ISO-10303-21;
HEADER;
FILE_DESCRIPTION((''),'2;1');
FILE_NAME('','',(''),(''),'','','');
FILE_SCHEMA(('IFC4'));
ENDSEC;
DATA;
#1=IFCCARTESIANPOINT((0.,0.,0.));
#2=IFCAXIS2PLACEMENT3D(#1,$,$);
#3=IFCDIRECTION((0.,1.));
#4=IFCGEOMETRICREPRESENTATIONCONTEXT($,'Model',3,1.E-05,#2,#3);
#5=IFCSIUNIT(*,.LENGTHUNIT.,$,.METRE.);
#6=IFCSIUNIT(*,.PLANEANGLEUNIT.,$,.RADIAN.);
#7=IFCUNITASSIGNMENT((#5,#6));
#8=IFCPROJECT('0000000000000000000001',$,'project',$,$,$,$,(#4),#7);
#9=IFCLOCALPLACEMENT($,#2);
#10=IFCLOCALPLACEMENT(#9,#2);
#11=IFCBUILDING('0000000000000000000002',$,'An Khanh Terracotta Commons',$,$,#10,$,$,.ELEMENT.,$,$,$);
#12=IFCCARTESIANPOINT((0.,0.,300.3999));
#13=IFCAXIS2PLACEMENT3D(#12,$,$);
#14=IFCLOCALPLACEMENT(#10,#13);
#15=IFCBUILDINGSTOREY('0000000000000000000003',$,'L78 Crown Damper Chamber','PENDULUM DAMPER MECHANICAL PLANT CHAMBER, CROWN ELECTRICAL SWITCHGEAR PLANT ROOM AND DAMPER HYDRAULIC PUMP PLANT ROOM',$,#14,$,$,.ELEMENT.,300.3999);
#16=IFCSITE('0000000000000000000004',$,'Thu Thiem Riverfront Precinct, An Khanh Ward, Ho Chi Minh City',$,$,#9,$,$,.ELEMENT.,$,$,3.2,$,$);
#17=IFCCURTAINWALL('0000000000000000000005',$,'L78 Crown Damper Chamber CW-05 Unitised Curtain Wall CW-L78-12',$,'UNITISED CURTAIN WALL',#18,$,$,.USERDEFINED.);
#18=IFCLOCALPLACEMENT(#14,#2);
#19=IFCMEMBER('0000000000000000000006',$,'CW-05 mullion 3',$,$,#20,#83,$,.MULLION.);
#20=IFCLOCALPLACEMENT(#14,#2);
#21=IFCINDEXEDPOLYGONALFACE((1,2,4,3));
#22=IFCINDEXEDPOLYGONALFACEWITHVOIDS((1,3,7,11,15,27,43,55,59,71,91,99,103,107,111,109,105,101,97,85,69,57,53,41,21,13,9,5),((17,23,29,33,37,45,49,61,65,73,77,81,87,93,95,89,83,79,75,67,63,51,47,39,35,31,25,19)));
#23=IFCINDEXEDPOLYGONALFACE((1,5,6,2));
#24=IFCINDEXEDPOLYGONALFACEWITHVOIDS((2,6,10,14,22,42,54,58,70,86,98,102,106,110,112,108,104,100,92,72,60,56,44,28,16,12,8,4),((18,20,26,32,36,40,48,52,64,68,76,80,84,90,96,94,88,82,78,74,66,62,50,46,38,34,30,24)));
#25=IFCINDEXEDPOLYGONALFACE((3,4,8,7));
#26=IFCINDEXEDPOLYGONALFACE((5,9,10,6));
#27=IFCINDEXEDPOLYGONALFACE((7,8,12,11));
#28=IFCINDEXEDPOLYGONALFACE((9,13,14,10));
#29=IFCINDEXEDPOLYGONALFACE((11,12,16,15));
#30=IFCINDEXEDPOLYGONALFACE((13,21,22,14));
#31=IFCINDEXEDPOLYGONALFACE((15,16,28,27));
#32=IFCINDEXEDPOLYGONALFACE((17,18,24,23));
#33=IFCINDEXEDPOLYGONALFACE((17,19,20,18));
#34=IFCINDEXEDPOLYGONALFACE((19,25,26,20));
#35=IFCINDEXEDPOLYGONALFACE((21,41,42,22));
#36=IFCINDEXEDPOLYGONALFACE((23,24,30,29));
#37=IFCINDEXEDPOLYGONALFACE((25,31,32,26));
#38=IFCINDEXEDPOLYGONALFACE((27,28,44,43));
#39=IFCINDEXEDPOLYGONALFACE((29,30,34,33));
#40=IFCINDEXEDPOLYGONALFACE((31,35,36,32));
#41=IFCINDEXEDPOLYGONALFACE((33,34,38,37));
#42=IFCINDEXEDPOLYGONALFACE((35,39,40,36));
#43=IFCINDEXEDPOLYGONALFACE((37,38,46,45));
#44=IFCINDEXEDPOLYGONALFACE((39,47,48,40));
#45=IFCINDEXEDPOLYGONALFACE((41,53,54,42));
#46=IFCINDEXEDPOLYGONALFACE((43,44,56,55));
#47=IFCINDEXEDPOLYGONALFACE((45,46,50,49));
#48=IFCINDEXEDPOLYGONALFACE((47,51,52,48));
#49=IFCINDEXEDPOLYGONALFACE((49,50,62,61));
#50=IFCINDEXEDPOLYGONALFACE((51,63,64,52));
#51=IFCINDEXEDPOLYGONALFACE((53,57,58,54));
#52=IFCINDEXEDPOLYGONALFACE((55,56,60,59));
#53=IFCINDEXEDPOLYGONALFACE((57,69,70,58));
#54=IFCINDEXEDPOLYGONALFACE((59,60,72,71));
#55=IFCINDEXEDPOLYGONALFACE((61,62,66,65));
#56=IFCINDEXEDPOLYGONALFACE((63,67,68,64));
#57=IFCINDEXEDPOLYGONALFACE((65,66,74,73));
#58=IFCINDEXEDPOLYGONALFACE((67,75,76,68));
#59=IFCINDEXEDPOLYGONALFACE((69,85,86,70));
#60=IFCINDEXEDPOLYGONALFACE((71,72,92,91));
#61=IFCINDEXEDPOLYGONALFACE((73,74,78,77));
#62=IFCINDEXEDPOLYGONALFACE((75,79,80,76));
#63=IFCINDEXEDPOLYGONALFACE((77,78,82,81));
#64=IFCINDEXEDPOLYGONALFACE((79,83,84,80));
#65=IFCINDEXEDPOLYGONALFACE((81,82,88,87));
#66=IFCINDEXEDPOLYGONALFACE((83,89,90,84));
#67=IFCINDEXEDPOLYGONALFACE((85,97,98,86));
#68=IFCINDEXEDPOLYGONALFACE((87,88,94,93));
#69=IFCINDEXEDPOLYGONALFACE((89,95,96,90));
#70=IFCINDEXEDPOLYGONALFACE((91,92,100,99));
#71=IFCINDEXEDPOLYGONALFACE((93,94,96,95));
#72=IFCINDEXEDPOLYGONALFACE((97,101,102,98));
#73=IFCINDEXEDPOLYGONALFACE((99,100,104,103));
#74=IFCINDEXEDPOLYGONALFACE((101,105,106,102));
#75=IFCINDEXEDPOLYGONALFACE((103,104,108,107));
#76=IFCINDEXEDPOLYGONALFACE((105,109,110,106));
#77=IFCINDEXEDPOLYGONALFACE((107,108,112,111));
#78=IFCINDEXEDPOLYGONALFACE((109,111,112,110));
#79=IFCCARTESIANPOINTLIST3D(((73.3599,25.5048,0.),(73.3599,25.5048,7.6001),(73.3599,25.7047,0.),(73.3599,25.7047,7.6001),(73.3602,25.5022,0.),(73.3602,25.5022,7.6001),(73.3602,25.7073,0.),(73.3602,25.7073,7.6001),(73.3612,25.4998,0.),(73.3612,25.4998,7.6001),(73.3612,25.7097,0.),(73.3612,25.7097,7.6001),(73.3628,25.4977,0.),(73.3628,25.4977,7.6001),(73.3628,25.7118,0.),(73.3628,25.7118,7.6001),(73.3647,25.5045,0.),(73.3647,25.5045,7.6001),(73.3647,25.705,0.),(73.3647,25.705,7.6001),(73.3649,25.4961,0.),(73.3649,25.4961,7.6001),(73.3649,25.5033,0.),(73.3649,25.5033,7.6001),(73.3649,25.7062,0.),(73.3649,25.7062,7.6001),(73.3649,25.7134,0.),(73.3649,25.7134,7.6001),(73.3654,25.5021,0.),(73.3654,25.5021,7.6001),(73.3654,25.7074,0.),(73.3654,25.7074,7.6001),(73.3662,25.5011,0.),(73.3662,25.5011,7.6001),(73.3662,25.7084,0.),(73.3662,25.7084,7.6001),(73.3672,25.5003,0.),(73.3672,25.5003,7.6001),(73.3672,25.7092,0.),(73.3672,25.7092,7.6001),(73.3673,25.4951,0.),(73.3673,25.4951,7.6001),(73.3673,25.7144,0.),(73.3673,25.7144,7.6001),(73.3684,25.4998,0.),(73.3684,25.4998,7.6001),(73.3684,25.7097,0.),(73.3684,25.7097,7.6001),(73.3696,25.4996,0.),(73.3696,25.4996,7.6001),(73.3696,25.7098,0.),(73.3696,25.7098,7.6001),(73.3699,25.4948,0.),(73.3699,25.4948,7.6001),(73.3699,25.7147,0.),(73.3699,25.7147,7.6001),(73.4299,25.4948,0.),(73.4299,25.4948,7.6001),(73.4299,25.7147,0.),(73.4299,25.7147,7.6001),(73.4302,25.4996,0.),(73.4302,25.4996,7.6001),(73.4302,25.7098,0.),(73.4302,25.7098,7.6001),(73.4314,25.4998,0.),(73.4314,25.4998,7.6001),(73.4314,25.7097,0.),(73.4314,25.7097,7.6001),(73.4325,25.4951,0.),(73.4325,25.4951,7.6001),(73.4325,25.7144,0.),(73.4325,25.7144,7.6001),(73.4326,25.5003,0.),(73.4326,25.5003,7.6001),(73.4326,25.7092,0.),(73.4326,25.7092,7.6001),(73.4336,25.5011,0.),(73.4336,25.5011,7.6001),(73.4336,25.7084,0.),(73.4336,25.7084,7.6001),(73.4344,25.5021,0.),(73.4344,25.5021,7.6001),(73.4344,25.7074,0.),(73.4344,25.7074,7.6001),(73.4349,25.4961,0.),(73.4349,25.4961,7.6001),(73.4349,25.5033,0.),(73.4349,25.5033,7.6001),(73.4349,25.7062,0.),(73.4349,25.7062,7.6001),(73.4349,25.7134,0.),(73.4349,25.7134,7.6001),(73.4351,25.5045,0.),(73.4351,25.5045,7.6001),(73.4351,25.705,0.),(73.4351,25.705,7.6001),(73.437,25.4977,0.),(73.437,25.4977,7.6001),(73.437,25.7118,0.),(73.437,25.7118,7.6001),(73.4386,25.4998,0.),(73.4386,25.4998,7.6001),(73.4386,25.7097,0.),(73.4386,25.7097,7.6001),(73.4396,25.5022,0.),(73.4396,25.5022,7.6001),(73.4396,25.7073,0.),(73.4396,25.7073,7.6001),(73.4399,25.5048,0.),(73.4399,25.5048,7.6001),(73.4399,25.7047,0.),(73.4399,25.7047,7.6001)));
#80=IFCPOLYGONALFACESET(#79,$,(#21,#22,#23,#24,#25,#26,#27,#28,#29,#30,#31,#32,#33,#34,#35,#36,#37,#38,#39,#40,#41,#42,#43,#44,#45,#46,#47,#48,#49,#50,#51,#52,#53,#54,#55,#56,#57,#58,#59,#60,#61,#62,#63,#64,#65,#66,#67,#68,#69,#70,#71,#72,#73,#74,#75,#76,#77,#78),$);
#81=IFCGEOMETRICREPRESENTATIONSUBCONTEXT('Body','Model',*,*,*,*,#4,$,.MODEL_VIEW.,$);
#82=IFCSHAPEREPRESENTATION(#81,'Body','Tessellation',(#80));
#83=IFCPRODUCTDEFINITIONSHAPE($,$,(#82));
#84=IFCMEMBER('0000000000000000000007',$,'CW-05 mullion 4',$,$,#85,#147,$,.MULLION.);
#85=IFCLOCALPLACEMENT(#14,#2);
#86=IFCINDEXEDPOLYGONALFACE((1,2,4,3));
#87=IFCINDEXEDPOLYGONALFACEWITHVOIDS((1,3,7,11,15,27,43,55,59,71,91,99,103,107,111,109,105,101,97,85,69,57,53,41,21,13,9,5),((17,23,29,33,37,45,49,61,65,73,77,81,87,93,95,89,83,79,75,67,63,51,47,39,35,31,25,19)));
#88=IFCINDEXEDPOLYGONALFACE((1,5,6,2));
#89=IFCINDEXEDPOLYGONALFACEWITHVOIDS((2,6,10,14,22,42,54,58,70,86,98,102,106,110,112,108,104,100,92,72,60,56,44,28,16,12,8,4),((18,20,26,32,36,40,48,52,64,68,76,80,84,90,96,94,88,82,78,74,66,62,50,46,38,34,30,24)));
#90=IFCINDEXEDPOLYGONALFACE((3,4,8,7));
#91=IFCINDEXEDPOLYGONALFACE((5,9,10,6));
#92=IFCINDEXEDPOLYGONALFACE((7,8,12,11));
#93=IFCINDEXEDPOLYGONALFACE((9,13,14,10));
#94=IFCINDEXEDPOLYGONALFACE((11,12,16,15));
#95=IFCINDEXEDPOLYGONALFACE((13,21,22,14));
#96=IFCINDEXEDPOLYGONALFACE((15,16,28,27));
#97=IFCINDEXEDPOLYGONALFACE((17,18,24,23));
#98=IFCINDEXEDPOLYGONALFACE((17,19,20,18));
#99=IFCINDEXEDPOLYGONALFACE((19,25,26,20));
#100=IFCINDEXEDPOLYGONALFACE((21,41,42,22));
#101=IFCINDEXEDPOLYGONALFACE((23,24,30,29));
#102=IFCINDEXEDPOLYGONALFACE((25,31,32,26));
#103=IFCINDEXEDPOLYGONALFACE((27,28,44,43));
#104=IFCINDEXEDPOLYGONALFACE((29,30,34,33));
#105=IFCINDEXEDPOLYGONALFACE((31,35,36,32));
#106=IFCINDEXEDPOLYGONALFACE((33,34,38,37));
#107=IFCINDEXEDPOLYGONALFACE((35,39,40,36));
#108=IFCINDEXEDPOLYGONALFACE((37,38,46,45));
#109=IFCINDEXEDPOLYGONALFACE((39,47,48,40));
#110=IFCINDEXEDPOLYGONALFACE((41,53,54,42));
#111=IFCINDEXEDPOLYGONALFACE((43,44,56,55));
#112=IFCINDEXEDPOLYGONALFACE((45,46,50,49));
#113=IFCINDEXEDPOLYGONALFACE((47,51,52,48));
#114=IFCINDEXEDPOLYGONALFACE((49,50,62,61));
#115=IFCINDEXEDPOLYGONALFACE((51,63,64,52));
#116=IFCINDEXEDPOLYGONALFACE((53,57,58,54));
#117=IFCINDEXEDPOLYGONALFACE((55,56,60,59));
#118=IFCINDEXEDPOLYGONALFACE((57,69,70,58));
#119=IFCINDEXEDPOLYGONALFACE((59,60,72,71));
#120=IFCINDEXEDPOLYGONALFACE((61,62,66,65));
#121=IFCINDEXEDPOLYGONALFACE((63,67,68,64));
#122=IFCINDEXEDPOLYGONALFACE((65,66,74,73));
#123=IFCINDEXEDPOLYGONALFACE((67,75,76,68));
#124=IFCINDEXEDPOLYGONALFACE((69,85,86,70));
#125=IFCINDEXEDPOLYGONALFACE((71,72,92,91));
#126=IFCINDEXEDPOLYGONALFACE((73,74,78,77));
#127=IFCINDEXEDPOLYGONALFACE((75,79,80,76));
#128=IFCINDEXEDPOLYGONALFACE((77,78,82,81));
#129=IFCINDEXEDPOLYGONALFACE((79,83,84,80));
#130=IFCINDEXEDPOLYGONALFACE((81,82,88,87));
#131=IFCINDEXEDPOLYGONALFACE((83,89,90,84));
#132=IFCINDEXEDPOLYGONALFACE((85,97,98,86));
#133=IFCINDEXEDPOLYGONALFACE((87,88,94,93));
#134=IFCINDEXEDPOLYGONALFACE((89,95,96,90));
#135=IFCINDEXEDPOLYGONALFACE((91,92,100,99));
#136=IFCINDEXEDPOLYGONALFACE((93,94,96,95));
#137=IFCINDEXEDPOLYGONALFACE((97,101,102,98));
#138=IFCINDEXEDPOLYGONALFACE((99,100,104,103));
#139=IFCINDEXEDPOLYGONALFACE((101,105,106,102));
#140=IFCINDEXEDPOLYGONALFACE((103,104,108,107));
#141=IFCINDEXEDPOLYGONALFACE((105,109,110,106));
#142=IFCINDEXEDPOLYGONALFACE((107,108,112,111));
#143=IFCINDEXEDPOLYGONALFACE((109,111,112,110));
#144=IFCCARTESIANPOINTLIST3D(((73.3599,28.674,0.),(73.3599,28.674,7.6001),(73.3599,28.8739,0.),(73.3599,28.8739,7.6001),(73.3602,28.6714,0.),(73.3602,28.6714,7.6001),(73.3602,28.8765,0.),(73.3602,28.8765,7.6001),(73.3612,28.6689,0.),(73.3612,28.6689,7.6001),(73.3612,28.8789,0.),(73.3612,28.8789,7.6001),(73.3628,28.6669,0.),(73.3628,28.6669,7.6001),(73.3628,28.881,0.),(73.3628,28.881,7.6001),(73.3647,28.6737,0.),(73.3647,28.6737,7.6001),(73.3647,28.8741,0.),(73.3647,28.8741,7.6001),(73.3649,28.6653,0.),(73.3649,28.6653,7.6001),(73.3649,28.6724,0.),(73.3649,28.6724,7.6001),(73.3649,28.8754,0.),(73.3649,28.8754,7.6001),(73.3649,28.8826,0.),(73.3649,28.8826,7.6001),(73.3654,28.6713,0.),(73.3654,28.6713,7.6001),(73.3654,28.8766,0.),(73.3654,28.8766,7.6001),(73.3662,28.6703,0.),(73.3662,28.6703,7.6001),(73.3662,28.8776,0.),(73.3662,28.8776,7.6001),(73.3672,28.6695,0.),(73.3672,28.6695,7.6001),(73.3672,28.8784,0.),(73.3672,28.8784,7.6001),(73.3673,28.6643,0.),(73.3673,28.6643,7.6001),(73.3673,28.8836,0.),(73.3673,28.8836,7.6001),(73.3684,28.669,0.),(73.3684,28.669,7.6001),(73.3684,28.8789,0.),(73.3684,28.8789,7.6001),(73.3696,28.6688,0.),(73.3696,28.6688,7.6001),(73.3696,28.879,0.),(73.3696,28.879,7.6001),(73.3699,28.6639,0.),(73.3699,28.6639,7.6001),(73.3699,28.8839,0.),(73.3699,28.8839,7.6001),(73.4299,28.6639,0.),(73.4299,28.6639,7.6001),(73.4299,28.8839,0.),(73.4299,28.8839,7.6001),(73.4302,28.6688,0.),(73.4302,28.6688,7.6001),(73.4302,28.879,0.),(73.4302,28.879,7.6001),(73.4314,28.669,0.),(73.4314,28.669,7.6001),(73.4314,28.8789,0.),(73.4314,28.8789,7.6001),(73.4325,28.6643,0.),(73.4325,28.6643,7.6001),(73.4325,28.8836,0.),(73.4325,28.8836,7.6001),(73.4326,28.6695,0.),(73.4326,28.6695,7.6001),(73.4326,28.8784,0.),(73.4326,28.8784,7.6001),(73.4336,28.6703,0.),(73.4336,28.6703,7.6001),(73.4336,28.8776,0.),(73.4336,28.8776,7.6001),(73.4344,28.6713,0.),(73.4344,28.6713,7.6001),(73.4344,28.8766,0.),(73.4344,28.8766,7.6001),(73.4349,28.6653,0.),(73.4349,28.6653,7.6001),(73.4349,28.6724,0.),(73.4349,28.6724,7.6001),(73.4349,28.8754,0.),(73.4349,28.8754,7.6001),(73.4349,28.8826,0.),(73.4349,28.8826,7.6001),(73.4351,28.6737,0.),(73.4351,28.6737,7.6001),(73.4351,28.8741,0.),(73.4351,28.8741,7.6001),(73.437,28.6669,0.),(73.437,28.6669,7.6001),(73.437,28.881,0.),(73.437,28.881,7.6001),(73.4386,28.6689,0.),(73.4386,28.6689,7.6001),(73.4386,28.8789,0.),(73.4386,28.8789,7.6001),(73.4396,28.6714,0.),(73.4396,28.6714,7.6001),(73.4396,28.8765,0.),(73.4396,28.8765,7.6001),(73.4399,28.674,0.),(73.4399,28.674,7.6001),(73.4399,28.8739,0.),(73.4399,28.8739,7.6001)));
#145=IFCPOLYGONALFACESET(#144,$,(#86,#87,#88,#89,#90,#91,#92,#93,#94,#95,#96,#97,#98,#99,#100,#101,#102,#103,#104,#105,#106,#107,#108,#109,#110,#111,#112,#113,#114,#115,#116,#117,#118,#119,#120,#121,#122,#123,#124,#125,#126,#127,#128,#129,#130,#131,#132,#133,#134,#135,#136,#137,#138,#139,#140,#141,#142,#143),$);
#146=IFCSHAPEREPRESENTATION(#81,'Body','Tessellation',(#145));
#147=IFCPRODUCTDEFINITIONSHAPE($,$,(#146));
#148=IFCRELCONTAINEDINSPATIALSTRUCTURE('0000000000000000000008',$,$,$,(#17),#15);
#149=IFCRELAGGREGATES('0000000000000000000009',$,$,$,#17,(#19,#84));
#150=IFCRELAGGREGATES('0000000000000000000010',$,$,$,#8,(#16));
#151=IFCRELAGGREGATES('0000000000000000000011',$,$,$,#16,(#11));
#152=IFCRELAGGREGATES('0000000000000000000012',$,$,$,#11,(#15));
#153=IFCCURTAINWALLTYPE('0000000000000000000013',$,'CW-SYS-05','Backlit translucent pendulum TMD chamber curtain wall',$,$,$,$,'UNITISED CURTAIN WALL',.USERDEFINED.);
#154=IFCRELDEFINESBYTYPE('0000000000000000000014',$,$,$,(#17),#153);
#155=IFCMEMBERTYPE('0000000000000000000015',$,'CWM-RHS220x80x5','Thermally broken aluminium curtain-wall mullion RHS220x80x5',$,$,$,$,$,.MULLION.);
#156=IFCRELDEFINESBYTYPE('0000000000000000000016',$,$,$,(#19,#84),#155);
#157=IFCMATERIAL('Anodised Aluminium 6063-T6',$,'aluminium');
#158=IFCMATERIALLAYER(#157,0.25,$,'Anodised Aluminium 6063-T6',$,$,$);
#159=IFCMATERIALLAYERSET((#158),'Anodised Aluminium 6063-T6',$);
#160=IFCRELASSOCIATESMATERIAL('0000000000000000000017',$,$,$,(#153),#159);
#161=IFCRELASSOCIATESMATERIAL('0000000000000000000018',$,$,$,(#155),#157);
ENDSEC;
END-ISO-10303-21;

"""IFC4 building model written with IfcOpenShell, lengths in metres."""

from ifc_helpers import new_model, si_unit, direction, frame, origin, origin_2d, place, context, subcontext, project, spatial, hollow_rectangle, extrude, material, layer, layer_set, material_profile, profile_set, type_object, element, aggregate, save


model = new_model("IFC4")

# Units and contexts
model_context = context("Model", 3, precision=1e-05, world=origin(), true_north=direction((0.0, 1.0)))
body_context = subcontext(model_context, "Body", "Model", "MODEL_VIEW")
ifc_project = project(units=[si_unit("LENGTHUNIT", "METRE"), si_unit("PLANEANGLEUNIT", "RADIAN")], contexts=[model_context])

# Site, building, storey
site_placement = place(None, origin())
site = spatial("IfcSite", under=ifc_project, at=site_placement, Name="Thu Thiem Riverfront Precinct, An Khanh Ward, Ho Chi Minh City", CompositionType="ELEMENT", RefElevation=3.2)
building_placement = place(site_placement, origin())
building = spatial("IfcBuilding", under=site, at=building_placement, Name="An Khanh Terracotta Commons", CompositionType="ELEMENT")
storey_placement = place(building_placement, frame((0.0, 0.0, 300.3999)))
storey = spatial("IfcBuildingStorey", under=building, at=storey_placement, Name="L78 Crown Damper Chamber", Description="PENDULUM DAMPER MECHANICAL PLANT CHAMBER, CROWN ELECTRICAL SWITCHGEAR PLANT ROOM AND DAMPER HYDRAULIC PUMP PLANT ROOM", CompositionType="ELEMENT", Elevation=300.3999)

# Curtain wall, members
ifc_material_1 = material(Name="Anodised Aluminium 6063-T6", Category="aluminium")
ifc_layer_1 = layer(ifc_material_1, 0.25, Name="Anodised Aluminium 6063-T6")
ifc_layer_set_1 = layer_set([ifc_layer_1], Name="Anodised Aluminium 6063-T6")
curtain_wall_type = type_object("IfcCurtainWallType", Name="CW-SYS-05", Description="Backlit translucent pendulum TMD chamber curtain wall", ElementType="UNITISED CURTAIN WALL", PredefinedType="USERDEFINED", material=ifc_layer_set_1)
curtain_wall_1_placement = place(storey_placement, origin())
curtain_wall_1 = element("IfcCurtainWall", 1, at=curtain_wall_1_placement, inside=storey, type_object=curtain_wall_type, Name="L78 Crown Damper Chamber CW-05 Unitised Curtain Wall CW-L78-12", ObjectType="UNITISED CURTAIN WALL", PredefinedType="USERDEFINED")
ifc_material_profile_1 = material_profile(ifc_material_1, hollow_rectangle(XDim=0.0801, YDim=0.22, WallThickness=0.0049, InnerFilletRadius=0.0049, OuterFilletRadius=0.01, at=origin_2d()), Name="RHS220x80x5")
ifc_profile_set_1 = profile_set([ifc_material_profile_1], Name="Anodised Aluminium 6063-T6")
member_type_1 = type_object("IfcMemberType", Name="CWM-RHS220x80x5", Description="Thermally broken aluminium curtain-wall mullion RHS220x80x5", PredefinedType="MULLION", material=ifc_profile_set_1)
member_1_placement = place(storey_placement, frame((73.3999, 25.6047, 0.0), z_axis=(0.0, 0.0, 1.0), x_axis=(-1.0, 0.0, 0.0)))
member_1 = element("IfcMember", 2, at=member_1_placement, type_object=member_type_1, Name="CW-05 mullion 3", PredefinedType="MULLION", context=body_context, shape_type="SweptSolid", body=[
    extrude(hollow_rectangle(XDim=0.0801, YDim=0.22, WallThickness=0.0049, InnerFilletRadius=0.0049, OuterFilletRadius=0.01, at=origin_2d()), origin(), (0.0, 0.0, 1.0), 7.6001),
])
member_2_placement = place(storey_placement, frame((73.3999, 28.7739, 0.0), z_axis=(0.0, 0.0, 1.0), x_axis=(-1.0, 0.0, 0.0)))
member_2 = element("IfcMember", 3, at=member_2_placement, type_object=member_type_1, Name="CW-05 mullion 4", PredefinedType="MULLION", context=body_context, shape_type="SweptSolid", body=[
    extrude(hollow_rectangle(XDim=0.0801, YDim=0.22, WallThickness=0.0049, InnerFilletRadius=0.0049, OuterFilletRadius=0.01, at=origin_2d()), origin(), (0.0, 0.0, 1.0), 7.6001),
])

aggregate(curtain_wall_1, [member_1, member_2])

save(model, "model.ifc")
